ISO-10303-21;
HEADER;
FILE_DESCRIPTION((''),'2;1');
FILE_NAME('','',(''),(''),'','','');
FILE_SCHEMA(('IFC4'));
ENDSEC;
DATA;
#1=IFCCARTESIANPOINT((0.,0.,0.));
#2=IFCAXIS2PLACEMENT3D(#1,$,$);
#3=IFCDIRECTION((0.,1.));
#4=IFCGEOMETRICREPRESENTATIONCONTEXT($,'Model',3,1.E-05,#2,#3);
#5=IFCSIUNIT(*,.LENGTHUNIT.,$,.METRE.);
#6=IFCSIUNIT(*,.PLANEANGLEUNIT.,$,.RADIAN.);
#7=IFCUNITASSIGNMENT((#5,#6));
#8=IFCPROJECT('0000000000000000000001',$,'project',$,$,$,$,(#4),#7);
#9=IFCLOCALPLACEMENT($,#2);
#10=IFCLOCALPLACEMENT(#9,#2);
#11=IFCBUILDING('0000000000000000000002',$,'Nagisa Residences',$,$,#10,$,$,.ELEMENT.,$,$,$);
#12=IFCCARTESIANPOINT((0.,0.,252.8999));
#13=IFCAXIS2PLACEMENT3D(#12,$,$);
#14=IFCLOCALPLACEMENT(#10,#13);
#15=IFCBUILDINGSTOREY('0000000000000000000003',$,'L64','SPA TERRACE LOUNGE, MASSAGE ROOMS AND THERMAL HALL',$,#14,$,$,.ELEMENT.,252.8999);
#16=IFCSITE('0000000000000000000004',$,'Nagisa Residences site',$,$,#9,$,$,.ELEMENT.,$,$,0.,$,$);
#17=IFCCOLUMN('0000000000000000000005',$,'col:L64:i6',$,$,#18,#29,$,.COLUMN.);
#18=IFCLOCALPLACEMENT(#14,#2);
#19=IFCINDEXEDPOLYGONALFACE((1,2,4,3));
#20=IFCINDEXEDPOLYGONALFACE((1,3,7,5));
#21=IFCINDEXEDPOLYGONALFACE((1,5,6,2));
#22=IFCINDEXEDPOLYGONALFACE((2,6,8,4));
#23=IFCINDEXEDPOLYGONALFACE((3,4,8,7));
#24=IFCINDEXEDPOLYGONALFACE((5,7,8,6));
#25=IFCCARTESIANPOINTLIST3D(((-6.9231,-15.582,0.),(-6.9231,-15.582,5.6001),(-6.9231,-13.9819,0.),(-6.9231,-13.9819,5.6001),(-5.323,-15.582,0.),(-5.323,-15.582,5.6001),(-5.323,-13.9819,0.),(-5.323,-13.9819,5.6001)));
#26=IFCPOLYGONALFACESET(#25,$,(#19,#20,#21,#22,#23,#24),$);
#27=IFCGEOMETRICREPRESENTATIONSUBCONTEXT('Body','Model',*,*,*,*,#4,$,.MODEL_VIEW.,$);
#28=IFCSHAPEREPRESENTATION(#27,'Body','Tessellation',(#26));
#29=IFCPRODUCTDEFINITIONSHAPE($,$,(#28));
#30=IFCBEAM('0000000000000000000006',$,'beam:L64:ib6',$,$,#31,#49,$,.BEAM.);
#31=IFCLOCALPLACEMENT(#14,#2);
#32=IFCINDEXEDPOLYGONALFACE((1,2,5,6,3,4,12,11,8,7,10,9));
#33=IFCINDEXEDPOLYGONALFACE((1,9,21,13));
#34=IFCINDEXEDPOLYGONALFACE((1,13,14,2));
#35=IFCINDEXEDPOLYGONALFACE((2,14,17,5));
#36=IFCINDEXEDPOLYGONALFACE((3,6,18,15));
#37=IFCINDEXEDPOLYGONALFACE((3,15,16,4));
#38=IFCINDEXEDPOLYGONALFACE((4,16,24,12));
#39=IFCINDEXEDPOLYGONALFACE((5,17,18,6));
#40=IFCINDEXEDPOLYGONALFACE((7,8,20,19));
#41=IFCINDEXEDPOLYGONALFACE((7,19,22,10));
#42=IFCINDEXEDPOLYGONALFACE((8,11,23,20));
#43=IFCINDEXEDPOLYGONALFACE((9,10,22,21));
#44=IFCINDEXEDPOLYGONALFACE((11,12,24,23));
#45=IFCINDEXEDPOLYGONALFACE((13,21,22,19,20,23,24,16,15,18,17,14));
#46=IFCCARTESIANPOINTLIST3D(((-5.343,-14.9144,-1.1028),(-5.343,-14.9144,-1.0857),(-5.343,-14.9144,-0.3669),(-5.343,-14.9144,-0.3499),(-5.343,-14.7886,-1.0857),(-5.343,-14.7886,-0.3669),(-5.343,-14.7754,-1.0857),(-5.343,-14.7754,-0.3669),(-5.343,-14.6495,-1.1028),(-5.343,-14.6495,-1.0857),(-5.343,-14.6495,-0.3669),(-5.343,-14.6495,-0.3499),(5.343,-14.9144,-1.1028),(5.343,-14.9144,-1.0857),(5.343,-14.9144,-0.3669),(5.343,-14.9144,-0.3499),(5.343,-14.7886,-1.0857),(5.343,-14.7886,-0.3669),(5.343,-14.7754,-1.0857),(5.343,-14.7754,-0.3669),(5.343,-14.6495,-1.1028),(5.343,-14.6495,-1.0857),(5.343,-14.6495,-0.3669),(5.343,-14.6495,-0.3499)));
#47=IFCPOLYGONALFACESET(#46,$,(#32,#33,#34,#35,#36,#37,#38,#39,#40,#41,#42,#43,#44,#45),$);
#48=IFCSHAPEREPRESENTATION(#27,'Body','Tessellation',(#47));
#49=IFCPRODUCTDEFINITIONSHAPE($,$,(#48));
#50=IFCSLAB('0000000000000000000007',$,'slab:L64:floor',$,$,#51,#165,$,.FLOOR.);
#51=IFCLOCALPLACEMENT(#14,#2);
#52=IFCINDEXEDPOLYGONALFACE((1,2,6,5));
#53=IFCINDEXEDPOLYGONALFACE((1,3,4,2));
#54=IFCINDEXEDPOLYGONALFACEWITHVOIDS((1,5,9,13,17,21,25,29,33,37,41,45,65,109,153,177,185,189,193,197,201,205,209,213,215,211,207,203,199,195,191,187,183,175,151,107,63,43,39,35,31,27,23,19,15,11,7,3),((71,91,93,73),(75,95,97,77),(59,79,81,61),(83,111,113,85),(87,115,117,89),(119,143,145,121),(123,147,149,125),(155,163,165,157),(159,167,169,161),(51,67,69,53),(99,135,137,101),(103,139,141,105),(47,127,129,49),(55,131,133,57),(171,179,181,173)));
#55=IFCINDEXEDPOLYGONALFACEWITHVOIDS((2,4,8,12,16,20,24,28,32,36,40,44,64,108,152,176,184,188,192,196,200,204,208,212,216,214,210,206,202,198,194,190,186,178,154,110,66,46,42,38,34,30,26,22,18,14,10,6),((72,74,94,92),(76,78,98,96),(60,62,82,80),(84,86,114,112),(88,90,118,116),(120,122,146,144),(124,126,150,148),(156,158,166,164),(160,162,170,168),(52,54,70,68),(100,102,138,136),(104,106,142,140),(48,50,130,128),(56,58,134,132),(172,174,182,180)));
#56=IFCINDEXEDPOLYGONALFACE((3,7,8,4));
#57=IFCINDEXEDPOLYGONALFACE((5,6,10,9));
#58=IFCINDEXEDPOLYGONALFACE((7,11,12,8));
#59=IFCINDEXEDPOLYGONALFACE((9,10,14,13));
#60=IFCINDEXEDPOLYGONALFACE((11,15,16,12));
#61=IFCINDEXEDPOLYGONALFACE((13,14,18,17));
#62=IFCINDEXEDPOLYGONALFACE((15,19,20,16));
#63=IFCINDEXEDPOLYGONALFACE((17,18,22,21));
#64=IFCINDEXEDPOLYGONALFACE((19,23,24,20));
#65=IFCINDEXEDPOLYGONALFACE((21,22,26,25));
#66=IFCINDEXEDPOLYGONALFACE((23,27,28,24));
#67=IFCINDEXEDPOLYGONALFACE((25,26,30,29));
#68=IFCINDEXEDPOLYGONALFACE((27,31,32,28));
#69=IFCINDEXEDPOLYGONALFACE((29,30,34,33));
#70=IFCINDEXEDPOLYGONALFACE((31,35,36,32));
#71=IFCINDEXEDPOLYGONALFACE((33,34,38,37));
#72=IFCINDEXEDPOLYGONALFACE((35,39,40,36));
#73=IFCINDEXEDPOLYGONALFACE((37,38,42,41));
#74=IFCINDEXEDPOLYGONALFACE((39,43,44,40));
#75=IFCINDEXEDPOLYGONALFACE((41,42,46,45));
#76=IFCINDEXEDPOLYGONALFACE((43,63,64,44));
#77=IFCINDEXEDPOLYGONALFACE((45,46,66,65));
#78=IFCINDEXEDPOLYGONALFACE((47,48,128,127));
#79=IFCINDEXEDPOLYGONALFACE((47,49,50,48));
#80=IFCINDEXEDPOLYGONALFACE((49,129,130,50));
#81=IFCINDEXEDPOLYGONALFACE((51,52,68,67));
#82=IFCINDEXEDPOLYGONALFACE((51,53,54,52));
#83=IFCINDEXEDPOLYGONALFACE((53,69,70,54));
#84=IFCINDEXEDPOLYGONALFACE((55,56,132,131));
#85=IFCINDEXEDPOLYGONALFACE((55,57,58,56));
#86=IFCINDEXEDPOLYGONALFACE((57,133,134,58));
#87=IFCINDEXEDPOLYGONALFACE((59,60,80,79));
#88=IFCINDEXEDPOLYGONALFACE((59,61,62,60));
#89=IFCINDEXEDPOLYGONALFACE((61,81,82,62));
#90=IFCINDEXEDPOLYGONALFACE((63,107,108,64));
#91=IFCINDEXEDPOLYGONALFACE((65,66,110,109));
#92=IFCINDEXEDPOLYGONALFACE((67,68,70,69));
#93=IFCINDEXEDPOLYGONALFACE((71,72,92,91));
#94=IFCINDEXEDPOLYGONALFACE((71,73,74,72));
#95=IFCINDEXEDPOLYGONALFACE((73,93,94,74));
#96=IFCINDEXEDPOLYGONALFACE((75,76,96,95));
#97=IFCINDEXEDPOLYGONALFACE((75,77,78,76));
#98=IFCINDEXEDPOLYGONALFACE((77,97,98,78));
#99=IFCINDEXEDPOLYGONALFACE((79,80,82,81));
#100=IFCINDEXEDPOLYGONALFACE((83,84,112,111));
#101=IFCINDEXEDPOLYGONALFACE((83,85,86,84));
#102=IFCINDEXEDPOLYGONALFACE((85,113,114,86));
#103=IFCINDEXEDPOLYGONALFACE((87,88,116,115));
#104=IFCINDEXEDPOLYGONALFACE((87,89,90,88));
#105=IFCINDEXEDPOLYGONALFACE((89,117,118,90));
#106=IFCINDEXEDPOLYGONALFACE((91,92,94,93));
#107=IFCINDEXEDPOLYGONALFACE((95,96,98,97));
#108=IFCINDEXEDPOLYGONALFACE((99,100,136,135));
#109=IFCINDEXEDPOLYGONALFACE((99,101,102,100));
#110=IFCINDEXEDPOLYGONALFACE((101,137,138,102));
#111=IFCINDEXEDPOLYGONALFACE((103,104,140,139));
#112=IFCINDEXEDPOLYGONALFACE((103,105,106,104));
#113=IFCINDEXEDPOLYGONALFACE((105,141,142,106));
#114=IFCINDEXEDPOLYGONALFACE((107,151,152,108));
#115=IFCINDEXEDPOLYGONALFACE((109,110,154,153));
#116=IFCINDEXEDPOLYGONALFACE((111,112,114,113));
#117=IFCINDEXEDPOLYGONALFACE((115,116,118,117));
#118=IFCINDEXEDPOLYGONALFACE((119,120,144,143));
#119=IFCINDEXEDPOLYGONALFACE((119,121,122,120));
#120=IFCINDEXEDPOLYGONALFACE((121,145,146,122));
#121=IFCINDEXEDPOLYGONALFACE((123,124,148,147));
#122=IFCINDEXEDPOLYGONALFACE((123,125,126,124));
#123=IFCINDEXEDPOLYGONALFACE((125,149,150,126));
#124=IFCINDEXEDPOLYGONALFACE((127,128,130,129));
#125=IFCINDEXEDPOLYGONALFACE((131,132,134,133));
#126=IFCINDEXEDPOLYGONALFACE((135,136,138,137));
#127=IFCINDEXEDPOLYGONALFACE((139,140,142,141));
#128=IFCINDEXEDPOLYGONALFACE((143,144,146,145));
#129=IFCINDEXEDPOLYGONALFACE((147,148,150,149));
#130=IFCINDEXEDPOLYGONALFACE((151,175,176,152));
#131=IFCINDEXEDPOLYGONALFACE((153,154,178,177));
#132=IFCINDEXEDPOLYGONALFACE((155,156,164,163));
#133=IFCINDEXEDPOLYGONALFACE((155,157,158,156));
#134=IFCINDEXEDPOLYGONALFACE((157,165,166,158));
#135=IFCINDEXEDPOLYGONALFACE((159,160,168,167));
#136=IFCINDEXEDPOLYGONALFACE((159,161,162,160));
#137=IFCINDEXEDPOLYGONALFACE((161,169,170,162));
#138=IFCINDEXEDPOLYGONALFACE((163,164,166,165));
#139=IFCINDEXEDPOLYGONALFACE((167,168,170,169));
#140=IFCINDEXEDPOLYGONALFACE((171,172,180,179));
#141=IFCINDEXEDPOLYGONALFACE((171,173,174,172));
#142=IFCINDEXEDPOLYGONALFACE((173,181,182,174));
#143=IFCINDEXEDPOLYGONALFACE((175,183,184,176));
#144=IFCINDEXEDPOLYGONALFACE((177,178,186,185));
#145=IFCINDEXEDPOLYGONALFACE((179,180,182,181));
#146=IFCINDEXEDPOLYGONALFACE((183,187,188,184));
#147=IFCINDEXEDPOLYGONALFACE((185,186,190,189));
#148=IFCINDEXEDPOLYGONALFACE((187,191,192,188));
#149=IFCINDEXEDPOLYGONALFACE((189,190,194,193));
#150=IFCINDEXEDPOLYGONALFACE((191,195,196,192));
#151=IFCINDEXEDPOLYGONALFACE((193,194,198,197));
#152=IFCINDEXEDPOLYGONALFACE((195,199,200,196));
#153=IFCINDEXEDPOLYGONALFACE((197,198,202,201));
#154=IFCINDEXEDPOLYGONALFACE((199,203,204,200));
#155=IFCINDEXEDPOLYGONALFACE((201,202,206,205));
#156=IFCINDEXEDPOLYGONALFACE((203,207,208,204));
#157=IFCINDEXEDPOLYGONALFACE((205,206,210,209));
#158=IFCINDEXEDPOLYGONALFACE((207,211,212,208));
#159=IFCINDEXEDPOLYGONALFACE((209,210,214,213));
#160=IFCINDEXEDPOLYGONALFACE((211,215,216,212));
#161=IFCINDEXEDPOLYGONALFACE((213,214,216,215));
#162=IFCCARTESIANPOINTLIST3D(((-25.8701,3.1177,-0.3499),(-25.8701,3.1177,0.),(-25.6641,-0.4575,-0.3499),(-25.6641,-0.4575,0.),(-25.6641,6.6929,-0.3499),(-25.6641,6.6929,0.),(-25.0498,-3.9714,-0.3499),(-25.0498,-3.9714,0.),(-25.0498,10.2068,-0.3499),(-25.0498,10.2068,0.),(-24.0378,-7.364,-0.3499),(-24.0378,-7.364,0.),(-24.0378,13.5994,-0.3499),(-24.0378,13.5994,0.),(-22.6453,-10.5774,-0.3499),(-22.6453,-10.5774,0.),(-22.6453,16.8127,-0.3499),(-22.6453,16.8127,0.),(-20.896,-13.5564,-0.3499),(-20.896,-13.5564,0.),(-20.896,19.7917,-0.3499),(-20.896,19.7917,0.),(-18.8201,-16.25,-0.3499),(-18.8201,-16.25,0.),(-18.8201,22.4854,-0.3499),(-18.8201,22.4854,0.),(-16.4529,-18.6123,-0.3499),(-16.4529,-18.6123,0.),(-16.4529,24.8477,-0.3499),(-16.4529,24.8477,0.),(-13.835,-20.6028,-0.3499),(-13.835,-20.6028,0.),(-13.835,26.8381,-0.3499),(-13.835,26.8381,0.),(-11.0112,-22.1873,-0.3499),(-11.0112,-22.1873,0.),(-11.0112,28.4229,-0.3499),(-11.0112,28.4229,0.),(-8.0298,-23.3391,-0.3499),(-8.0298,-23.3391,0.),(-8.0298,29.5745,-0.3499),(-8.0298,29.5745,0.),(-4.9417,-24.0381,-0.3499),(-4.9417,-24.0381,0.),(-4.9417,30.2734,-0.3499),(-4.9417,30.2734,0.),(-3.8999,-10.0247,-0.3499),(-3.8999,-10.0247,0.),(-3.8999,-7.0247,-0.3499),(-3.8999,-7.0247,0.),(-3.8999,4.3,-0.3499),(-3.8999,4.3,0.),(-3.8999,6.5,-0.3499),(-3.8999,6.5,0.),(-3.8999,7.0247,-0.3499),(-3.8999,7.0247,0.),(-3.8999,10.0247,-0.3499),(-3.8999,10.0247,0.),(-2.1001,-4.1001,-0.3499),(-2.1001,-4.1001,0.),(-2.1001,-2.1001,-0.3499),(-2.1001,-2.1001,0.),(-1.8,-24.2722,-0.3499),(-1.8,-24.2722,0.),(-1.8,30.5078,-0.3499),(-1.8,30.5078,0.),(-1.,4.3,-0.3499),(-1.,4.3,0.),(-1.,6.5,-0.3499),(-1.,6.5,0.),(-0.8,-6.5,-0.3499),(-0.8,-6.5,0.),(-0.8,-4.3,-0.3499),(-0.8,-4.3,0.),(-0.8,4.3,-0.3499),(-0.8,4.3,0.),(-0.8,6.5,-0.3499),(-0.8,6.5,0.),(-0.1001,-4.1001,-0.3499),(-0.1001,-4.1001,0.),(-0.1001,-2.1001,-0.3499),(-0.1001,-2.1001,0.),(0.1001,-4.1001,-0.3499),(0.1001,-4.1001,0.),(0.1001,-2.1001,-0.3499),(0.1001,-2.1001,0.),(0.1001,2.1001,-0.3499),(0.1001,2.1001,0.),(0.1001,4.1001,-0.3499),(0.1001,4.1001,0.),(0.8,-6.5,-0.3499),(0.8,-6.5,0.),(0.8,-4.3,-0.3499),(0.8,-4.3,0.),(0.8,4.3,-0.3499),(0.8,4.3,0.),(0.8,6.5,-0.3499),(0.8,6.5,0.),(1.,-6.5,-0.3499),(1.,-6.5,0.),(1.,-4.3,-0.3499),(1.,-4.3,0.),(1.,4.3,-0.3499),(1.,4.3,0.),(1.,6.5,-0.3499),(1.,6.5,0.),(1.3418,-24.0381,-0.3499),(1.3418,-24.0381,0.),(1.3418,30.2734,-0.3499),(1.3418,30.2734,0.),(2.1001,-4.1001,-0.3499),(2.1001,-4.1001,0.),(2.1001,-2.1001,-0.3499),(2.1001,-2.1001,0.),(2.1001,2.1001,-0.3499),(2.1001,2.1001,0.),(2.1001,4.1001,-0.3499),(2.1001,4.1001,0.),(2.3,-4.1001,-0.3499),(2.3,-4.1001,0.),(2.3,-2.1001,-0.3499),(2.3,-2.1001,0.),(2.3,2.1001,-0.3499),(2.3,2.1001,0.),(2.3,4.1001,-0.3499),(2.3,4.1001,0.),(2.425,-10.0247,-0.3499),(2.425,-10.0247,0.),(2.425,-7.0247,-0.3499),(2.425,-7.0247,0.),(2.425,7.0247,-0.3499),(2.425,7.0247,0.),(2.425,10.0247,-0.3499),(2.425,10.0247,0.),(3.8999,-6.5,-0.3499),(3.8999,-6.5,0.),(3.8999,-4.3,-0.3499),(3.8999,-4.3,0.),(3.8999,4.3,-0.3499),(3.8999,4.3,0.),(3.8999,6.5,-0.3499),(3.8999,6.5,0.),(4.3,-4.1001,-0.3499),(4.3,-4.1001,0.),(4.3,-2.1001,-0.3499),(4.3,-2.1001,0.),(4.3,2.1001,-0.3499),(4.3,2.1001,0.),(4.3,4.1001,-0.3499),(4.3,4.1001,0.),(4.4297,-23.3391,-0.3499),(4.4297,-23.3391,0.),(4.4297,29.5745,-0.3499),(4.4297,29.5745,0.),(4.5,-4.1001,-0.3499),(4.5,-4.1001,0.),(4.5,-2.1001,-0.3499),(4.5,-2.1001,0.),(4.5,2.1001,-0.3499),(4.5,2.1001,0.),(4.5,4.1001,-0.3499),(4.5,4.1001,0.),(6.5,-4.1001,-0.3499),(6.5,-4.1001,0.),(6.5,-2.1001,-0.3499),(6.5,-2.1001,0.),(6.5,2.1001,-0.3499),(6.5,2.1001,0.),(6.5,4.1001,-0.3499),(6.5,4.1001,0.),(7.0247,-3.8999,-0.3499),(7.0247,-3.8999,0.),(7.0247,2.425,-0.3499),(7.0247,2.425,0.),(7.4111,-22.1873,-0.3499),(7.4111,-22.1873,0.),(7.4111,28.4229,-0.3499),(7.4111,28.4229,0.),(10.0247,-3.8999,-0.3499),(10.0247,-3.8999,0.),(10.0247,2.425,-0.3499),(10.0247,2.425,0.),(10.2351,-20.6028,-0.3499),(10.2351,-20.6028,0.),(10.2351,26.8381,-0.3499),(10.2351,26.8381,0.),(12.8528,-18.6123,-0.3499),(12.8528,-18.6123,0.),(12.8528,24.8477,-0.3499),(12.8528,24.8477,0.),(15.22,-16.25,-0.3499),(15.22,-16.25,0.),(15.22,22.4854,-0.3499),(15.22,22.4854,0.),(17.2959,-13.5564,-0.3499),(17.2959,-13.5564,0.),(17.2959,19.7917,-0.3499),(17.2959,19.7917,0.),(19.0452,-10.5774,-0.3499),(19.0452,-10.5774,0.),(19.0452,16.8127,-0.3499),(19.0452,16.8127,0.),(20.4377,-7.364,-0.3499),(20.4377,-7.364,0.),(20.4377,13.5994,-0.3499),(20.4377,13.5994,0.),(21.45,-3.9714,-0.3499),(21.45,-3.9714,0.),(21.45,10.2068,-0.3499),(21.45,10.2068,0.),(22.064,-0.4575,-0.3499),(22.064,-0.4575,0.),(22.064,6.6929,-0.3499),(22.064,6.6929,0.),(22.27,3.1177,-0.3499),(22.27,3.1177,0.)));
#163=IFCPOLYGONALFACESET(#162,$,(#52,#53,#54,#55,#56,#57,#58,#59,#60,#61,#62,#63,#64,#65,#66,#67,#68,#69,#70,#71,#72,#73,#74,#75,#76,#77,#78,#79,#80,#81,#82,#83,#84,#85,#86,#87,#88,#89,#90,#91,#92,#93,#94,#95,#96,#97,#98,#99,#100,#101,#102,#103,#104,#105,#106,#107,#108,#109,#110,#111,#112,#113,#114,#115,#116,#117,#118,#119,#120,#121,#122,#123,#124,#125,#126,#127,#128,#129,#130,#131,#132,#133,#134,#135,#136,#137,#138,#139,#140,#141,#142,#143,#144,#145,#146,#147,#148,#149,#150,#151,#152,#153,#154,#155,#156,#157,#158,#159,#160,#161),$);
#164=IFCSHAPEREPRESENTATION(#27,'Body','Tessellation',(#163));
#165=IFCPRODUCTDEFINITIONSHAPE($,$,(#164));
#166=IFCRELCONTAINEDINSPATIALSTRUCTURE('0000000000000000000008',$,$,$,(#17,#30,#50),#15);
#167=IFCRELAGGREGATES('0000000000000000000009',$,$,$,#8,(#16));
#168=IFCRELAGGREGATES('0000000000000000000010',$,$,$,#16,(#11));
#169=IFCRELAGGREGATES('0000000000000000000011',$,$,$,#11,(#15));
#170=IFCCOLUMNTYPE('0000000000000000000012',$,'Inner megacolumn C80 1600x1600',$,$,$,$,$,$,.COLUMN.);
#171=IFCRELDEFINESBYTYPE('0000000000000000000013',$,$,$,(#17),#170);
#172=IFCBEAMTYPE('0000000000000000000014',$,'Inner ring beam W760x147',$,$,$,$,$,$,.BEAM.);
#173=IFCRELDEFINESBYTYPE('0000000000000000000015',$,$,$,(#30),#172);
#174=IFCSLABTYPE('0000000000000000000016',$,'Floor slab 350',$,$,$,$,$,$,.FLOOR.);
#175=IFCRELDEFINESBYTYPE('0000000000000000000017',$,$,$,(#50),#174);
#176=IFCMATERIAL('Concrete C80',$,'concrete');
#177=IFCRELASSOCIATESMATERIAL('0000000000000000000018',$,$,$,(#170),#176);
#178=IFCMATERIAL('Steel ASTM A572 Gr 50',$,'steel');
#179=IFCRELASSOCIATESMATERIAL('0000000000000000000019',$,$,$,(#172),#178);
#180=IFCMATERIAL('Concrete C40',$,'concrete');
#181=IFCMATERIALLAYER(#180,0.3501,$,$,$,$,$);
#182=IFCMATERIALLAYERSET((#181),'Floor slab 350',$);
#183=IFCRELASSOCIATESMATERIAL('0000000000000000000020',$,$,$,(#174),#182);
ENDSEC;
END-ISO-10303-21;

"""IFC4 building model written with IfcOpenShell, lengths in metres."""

from ifc_helpers import new_model, si_unit, direction, frame, origin, origin_2d, place, context, subcontext, project, spatial, polyline, rectangle, i_section, outline, extrude, material, layer, layer_set, material_profile, profile_set, type_object, element, save


model = new_model("IFC4")

# Units and contexts
model_context = context("Model", 3, precision=1e-05, world=origin(), true_north=direction((0.0, 1.0)))
body_context = subcontext(model_context, "Body", "Model", "MODEL_VIEW")
ifc_project = project(units=[si_unit("LENGTHUNIT", "METRE"), si_unit("PLANEANGLEUNIT", "RADIAN")], contexts=[model_context])

# Site, building, storey
site_placement = place(None, origin())
site = spatial("IfcSite", under=ifc_project, at=site_placement, Name="Nagisa Residences site", CompositionType="ELEMENT", RefElevation=0.0)
building_placement = place(site_placement, origin())
building = spatial("IfcBuilding", under=site, at=building_placement, Name="Nagisa Residences", CompositionType="ELEMENT")
storey_placement = place(building_placement, frame((0.0, 0.0, 252.8999)))
storey = spatial("IfcBuildingStorey", under=building, at=storey_placement, Name="L64", Description="SPA TERRACE LOUNGE, MASSAGE ROOMS AND THERMAL HALL", CompositionType="ELEMENT", Elevation=252.8999)

# Column
ifc_material_1 = material(Name="Concrete C80", Category="concrete")
ifc_material_profile_1 = material_profile(ifc_material_1, rectangle(XDim=1.6001, YDim=1.6001, at=origin_2d()), Name="C80 1600x1600")
ifc_profile_set_1 = profile_set([ifc_material_profile_1], Name="Concrete C80")
column_type = type_object("IfcColumnType", Name="Inner megacolumn C80 1600x1600", PredefinedType="COLUMN", material=ifc_profile_set_1)
column_placement = place(storey_placement, frame((-6.123, -14.782, 0.0), z_axis=(0.0, 0.0, 1.0), x_axis=(1.0, 0.0, 0.0)))
element("IfcColumn", 1, at=column_placement, inside=storey, type_object=column_type, Name="col:L64:i6", PredefinedType="COLUMN", context=body_context, shape_type="SweptSolid", body=[
    extrude(rectangle(XDim=1.6001, YDim=1.6001, at=origin_2d()), origin(), (0.0, 0.0, 1.0), 5.6001),
])

# Beam
ifc_material_2 = material(Name="Steel ASTM A572 Gr 50", Category="steel")
ifc_material_profile_2 = material_profile(ifc_material_2, i_section(OverallWidth=0.2649, OverallDepth=0.7529, WebThickness=0.0132, FlangeThickness=0.0171, at=origin_2d()), Name="W760x147")
ifc_profile_set_2 = profile_set([ifc_material_profile_2], Name="Steel ASTM A572 Gr 50")
beam_type = type_object("IfcBeamType", Name="Inner ring beam W760x147", PredefinedType="BEAM", material=ifc_profile_set_2)
beam_placement = place(storey_placement, frame((-5.343, -14.782, -0.7263), z_axis=(1.0, 0.0, 0.0), x_axis=(0.0, 1.0, 0.0)))
element("IfcBeam", 2, at=beam_placement, inside=storey, type_object=beam_type, Name="beam:L64:ib6", PredefinedType="BEAM", context=body_context, shape_type="SweptSolid", body=[
    extrude(i_section(OverallWidth=0.2649, OverallDepth=0.7529, WebThickness=0.0132, FlangeThickness=0.0171, at=origin_2d()), origin(), (0.0, 0.0, 1.0), 10.686),
])

# Slab
ifc_material_3 = material(Name="Concrete C40", Category="concrete")
ifc_layer_1 = layer(ifc_material_3, 0.3501)
ifc_layer_set_1 = layer_set([ifc_layer_1], Name="Floor slab 350")
slab_type_1 = type_object("IfcSlabType", Name="Floor slab 350", PredefinedType="FLOOR", material=ifc_layer_set_1)
slab_1_placement = place(storey_placement, frame((0.0, 0.0, -0.3499)))
element("IfcSlab", 3, at=slab_1_placement, inside=storey, type_object=slab_type_1, Name="slab:L64:floor", PredefinedType="FLOOR", context=body_context, shape_type="SweptSolid", body=[
    extrude(outline(polyline([(22.27, 3.1177), (22.064, 6.6929), (21.45, 10.2068), (20.4377, 13.5994), (19.0452, 16.8127), (17.2959, 19.7917), (15.22, 22.4854), (12.8528, 24.8477), (10.2351, 26.8381), (7.4111, 28.4229), (4.4297, 29.5745), (1.3418, 30.2734), (-1.8, 30.5078), (-4.9417, 30.2734), (-8.0298, 29.5745), (-11.0112, 28.4229), (-13.835, 26.8381), (-16.4529, 24.8477), (-18.8201, 22.4854), (-20.896, 19.7917), (-22.6453, 16.8127), (-24.0378, 13.5994), (-25.0498, 10.2068), (-25.6641, 6.6929), (-25.8701, 3.1177), (-25.6641, -0.4575), (-25.0498, -3.9714), (-24.0378, -7.364), (-22.6453, -10.5774), (-20.896, -13.5564), (-18.8201, -16.25), (-16.4529, -18.6123), (-13.835, -20.6028), (-11.0112, -22.1873), (-8.0298, -23.3391), (-4.9417, -24.0381), (-1.8, -24.2722), (1.3418, -24.0381), (4.4297, -23.3391), (7.4111, -22.1873), (10.2351, -20.6028), (12.8528, -18.6123), (15.22, -16.25), (17.2959, -13.5564), (19.0452, -10.5774), (20.4377, -7.364), (21.45, -3.9714), (22.064, -0.4575), (22.27, 3.1177)]), holes=[polyline([(2.1001, 2.1001), (2.1001, 4.1001), (0.1001, 4.1001), (0.1001, 2.1001), (2.1001, 2.1001)]), polyline([(4.3, 2.1001), (4.3, 4.1001), (2.3, 4.1001), (2.3, 2.1001), (4.3, 2.1001)]), polyline([(6.5, 2.1001), (6.5, 4.1001), (4.5, 4.1001), (4.5, 2.1001), (6.5, 2.1001)]), polyline([(-0.1001, -4.1001), (-0.1001, -2.1001), (-2.1001, -2.1001), (-2.1001, -4.1001), (-0.1001, -4.1001)]), polyline([(2.1001, -4.1001), (2.1001, -2.1001), (0.1001, -2.1001), (0.1001, -4.1001), (2.1001, -4.1001)]), polyline([(4.3, -4.1001), (4.3, -2.1001), (2.3, -2.1001), (2.3, -4.1001), (4.3, -4.1001)]), polyline([(6.5, -4.1001), (6.5, -2.1001), (4.5, -2.1001), (4.5, -4.1001), (6.5, -4.1001)]), polyline([(3.8999, 4.3), (3.8999, 6.5), (1.0, 6.5), (1.0, 4.3), (3.8999, 4.3)]), polyline([(3.8999, -6.5), (3.8999, -4.3), (1.0, -4.3), (1.0, -6.5), (3.8999, -6.5)]), polyline([(-1.0, 4.3), (-1.0, 6.5), (-3.8999, 6.5), (-3.8999, 4.3), (-1.0, 4.3)]), polyline([(0.8, 4.3), (0.8, 6.5), (-0.8, 6.5), (-0.8, 4.3), (0.8, 4.3)]), polyline([(0.8, -6.5), (0.8, -4.3), (-0.8, -4.3), (-0.8, -6.5), (0.8, -6.5)]), polyline([(10.0247, -3.8999), (7.0247, -3.8999), (7.0247, 2.425), (10.0247, 2.425), (10.0247, -3.8999)]), polyline([(-3.8999, 7.0247), (-3.8999, 10.0247), (2.425, 10.0247), (2.425, 7.0247), (-3.8999, 7.0247)]), polyline([(-3.8999, -10.0247), (-3.8999, -7.0247), (2.425, -7.0247), (2.425, -10.0247), (-3.8999, -10.0247)])]), origin(), (0.0, 0.0, 1.0), 0.3499),
])

save(model, "model.ifc")
